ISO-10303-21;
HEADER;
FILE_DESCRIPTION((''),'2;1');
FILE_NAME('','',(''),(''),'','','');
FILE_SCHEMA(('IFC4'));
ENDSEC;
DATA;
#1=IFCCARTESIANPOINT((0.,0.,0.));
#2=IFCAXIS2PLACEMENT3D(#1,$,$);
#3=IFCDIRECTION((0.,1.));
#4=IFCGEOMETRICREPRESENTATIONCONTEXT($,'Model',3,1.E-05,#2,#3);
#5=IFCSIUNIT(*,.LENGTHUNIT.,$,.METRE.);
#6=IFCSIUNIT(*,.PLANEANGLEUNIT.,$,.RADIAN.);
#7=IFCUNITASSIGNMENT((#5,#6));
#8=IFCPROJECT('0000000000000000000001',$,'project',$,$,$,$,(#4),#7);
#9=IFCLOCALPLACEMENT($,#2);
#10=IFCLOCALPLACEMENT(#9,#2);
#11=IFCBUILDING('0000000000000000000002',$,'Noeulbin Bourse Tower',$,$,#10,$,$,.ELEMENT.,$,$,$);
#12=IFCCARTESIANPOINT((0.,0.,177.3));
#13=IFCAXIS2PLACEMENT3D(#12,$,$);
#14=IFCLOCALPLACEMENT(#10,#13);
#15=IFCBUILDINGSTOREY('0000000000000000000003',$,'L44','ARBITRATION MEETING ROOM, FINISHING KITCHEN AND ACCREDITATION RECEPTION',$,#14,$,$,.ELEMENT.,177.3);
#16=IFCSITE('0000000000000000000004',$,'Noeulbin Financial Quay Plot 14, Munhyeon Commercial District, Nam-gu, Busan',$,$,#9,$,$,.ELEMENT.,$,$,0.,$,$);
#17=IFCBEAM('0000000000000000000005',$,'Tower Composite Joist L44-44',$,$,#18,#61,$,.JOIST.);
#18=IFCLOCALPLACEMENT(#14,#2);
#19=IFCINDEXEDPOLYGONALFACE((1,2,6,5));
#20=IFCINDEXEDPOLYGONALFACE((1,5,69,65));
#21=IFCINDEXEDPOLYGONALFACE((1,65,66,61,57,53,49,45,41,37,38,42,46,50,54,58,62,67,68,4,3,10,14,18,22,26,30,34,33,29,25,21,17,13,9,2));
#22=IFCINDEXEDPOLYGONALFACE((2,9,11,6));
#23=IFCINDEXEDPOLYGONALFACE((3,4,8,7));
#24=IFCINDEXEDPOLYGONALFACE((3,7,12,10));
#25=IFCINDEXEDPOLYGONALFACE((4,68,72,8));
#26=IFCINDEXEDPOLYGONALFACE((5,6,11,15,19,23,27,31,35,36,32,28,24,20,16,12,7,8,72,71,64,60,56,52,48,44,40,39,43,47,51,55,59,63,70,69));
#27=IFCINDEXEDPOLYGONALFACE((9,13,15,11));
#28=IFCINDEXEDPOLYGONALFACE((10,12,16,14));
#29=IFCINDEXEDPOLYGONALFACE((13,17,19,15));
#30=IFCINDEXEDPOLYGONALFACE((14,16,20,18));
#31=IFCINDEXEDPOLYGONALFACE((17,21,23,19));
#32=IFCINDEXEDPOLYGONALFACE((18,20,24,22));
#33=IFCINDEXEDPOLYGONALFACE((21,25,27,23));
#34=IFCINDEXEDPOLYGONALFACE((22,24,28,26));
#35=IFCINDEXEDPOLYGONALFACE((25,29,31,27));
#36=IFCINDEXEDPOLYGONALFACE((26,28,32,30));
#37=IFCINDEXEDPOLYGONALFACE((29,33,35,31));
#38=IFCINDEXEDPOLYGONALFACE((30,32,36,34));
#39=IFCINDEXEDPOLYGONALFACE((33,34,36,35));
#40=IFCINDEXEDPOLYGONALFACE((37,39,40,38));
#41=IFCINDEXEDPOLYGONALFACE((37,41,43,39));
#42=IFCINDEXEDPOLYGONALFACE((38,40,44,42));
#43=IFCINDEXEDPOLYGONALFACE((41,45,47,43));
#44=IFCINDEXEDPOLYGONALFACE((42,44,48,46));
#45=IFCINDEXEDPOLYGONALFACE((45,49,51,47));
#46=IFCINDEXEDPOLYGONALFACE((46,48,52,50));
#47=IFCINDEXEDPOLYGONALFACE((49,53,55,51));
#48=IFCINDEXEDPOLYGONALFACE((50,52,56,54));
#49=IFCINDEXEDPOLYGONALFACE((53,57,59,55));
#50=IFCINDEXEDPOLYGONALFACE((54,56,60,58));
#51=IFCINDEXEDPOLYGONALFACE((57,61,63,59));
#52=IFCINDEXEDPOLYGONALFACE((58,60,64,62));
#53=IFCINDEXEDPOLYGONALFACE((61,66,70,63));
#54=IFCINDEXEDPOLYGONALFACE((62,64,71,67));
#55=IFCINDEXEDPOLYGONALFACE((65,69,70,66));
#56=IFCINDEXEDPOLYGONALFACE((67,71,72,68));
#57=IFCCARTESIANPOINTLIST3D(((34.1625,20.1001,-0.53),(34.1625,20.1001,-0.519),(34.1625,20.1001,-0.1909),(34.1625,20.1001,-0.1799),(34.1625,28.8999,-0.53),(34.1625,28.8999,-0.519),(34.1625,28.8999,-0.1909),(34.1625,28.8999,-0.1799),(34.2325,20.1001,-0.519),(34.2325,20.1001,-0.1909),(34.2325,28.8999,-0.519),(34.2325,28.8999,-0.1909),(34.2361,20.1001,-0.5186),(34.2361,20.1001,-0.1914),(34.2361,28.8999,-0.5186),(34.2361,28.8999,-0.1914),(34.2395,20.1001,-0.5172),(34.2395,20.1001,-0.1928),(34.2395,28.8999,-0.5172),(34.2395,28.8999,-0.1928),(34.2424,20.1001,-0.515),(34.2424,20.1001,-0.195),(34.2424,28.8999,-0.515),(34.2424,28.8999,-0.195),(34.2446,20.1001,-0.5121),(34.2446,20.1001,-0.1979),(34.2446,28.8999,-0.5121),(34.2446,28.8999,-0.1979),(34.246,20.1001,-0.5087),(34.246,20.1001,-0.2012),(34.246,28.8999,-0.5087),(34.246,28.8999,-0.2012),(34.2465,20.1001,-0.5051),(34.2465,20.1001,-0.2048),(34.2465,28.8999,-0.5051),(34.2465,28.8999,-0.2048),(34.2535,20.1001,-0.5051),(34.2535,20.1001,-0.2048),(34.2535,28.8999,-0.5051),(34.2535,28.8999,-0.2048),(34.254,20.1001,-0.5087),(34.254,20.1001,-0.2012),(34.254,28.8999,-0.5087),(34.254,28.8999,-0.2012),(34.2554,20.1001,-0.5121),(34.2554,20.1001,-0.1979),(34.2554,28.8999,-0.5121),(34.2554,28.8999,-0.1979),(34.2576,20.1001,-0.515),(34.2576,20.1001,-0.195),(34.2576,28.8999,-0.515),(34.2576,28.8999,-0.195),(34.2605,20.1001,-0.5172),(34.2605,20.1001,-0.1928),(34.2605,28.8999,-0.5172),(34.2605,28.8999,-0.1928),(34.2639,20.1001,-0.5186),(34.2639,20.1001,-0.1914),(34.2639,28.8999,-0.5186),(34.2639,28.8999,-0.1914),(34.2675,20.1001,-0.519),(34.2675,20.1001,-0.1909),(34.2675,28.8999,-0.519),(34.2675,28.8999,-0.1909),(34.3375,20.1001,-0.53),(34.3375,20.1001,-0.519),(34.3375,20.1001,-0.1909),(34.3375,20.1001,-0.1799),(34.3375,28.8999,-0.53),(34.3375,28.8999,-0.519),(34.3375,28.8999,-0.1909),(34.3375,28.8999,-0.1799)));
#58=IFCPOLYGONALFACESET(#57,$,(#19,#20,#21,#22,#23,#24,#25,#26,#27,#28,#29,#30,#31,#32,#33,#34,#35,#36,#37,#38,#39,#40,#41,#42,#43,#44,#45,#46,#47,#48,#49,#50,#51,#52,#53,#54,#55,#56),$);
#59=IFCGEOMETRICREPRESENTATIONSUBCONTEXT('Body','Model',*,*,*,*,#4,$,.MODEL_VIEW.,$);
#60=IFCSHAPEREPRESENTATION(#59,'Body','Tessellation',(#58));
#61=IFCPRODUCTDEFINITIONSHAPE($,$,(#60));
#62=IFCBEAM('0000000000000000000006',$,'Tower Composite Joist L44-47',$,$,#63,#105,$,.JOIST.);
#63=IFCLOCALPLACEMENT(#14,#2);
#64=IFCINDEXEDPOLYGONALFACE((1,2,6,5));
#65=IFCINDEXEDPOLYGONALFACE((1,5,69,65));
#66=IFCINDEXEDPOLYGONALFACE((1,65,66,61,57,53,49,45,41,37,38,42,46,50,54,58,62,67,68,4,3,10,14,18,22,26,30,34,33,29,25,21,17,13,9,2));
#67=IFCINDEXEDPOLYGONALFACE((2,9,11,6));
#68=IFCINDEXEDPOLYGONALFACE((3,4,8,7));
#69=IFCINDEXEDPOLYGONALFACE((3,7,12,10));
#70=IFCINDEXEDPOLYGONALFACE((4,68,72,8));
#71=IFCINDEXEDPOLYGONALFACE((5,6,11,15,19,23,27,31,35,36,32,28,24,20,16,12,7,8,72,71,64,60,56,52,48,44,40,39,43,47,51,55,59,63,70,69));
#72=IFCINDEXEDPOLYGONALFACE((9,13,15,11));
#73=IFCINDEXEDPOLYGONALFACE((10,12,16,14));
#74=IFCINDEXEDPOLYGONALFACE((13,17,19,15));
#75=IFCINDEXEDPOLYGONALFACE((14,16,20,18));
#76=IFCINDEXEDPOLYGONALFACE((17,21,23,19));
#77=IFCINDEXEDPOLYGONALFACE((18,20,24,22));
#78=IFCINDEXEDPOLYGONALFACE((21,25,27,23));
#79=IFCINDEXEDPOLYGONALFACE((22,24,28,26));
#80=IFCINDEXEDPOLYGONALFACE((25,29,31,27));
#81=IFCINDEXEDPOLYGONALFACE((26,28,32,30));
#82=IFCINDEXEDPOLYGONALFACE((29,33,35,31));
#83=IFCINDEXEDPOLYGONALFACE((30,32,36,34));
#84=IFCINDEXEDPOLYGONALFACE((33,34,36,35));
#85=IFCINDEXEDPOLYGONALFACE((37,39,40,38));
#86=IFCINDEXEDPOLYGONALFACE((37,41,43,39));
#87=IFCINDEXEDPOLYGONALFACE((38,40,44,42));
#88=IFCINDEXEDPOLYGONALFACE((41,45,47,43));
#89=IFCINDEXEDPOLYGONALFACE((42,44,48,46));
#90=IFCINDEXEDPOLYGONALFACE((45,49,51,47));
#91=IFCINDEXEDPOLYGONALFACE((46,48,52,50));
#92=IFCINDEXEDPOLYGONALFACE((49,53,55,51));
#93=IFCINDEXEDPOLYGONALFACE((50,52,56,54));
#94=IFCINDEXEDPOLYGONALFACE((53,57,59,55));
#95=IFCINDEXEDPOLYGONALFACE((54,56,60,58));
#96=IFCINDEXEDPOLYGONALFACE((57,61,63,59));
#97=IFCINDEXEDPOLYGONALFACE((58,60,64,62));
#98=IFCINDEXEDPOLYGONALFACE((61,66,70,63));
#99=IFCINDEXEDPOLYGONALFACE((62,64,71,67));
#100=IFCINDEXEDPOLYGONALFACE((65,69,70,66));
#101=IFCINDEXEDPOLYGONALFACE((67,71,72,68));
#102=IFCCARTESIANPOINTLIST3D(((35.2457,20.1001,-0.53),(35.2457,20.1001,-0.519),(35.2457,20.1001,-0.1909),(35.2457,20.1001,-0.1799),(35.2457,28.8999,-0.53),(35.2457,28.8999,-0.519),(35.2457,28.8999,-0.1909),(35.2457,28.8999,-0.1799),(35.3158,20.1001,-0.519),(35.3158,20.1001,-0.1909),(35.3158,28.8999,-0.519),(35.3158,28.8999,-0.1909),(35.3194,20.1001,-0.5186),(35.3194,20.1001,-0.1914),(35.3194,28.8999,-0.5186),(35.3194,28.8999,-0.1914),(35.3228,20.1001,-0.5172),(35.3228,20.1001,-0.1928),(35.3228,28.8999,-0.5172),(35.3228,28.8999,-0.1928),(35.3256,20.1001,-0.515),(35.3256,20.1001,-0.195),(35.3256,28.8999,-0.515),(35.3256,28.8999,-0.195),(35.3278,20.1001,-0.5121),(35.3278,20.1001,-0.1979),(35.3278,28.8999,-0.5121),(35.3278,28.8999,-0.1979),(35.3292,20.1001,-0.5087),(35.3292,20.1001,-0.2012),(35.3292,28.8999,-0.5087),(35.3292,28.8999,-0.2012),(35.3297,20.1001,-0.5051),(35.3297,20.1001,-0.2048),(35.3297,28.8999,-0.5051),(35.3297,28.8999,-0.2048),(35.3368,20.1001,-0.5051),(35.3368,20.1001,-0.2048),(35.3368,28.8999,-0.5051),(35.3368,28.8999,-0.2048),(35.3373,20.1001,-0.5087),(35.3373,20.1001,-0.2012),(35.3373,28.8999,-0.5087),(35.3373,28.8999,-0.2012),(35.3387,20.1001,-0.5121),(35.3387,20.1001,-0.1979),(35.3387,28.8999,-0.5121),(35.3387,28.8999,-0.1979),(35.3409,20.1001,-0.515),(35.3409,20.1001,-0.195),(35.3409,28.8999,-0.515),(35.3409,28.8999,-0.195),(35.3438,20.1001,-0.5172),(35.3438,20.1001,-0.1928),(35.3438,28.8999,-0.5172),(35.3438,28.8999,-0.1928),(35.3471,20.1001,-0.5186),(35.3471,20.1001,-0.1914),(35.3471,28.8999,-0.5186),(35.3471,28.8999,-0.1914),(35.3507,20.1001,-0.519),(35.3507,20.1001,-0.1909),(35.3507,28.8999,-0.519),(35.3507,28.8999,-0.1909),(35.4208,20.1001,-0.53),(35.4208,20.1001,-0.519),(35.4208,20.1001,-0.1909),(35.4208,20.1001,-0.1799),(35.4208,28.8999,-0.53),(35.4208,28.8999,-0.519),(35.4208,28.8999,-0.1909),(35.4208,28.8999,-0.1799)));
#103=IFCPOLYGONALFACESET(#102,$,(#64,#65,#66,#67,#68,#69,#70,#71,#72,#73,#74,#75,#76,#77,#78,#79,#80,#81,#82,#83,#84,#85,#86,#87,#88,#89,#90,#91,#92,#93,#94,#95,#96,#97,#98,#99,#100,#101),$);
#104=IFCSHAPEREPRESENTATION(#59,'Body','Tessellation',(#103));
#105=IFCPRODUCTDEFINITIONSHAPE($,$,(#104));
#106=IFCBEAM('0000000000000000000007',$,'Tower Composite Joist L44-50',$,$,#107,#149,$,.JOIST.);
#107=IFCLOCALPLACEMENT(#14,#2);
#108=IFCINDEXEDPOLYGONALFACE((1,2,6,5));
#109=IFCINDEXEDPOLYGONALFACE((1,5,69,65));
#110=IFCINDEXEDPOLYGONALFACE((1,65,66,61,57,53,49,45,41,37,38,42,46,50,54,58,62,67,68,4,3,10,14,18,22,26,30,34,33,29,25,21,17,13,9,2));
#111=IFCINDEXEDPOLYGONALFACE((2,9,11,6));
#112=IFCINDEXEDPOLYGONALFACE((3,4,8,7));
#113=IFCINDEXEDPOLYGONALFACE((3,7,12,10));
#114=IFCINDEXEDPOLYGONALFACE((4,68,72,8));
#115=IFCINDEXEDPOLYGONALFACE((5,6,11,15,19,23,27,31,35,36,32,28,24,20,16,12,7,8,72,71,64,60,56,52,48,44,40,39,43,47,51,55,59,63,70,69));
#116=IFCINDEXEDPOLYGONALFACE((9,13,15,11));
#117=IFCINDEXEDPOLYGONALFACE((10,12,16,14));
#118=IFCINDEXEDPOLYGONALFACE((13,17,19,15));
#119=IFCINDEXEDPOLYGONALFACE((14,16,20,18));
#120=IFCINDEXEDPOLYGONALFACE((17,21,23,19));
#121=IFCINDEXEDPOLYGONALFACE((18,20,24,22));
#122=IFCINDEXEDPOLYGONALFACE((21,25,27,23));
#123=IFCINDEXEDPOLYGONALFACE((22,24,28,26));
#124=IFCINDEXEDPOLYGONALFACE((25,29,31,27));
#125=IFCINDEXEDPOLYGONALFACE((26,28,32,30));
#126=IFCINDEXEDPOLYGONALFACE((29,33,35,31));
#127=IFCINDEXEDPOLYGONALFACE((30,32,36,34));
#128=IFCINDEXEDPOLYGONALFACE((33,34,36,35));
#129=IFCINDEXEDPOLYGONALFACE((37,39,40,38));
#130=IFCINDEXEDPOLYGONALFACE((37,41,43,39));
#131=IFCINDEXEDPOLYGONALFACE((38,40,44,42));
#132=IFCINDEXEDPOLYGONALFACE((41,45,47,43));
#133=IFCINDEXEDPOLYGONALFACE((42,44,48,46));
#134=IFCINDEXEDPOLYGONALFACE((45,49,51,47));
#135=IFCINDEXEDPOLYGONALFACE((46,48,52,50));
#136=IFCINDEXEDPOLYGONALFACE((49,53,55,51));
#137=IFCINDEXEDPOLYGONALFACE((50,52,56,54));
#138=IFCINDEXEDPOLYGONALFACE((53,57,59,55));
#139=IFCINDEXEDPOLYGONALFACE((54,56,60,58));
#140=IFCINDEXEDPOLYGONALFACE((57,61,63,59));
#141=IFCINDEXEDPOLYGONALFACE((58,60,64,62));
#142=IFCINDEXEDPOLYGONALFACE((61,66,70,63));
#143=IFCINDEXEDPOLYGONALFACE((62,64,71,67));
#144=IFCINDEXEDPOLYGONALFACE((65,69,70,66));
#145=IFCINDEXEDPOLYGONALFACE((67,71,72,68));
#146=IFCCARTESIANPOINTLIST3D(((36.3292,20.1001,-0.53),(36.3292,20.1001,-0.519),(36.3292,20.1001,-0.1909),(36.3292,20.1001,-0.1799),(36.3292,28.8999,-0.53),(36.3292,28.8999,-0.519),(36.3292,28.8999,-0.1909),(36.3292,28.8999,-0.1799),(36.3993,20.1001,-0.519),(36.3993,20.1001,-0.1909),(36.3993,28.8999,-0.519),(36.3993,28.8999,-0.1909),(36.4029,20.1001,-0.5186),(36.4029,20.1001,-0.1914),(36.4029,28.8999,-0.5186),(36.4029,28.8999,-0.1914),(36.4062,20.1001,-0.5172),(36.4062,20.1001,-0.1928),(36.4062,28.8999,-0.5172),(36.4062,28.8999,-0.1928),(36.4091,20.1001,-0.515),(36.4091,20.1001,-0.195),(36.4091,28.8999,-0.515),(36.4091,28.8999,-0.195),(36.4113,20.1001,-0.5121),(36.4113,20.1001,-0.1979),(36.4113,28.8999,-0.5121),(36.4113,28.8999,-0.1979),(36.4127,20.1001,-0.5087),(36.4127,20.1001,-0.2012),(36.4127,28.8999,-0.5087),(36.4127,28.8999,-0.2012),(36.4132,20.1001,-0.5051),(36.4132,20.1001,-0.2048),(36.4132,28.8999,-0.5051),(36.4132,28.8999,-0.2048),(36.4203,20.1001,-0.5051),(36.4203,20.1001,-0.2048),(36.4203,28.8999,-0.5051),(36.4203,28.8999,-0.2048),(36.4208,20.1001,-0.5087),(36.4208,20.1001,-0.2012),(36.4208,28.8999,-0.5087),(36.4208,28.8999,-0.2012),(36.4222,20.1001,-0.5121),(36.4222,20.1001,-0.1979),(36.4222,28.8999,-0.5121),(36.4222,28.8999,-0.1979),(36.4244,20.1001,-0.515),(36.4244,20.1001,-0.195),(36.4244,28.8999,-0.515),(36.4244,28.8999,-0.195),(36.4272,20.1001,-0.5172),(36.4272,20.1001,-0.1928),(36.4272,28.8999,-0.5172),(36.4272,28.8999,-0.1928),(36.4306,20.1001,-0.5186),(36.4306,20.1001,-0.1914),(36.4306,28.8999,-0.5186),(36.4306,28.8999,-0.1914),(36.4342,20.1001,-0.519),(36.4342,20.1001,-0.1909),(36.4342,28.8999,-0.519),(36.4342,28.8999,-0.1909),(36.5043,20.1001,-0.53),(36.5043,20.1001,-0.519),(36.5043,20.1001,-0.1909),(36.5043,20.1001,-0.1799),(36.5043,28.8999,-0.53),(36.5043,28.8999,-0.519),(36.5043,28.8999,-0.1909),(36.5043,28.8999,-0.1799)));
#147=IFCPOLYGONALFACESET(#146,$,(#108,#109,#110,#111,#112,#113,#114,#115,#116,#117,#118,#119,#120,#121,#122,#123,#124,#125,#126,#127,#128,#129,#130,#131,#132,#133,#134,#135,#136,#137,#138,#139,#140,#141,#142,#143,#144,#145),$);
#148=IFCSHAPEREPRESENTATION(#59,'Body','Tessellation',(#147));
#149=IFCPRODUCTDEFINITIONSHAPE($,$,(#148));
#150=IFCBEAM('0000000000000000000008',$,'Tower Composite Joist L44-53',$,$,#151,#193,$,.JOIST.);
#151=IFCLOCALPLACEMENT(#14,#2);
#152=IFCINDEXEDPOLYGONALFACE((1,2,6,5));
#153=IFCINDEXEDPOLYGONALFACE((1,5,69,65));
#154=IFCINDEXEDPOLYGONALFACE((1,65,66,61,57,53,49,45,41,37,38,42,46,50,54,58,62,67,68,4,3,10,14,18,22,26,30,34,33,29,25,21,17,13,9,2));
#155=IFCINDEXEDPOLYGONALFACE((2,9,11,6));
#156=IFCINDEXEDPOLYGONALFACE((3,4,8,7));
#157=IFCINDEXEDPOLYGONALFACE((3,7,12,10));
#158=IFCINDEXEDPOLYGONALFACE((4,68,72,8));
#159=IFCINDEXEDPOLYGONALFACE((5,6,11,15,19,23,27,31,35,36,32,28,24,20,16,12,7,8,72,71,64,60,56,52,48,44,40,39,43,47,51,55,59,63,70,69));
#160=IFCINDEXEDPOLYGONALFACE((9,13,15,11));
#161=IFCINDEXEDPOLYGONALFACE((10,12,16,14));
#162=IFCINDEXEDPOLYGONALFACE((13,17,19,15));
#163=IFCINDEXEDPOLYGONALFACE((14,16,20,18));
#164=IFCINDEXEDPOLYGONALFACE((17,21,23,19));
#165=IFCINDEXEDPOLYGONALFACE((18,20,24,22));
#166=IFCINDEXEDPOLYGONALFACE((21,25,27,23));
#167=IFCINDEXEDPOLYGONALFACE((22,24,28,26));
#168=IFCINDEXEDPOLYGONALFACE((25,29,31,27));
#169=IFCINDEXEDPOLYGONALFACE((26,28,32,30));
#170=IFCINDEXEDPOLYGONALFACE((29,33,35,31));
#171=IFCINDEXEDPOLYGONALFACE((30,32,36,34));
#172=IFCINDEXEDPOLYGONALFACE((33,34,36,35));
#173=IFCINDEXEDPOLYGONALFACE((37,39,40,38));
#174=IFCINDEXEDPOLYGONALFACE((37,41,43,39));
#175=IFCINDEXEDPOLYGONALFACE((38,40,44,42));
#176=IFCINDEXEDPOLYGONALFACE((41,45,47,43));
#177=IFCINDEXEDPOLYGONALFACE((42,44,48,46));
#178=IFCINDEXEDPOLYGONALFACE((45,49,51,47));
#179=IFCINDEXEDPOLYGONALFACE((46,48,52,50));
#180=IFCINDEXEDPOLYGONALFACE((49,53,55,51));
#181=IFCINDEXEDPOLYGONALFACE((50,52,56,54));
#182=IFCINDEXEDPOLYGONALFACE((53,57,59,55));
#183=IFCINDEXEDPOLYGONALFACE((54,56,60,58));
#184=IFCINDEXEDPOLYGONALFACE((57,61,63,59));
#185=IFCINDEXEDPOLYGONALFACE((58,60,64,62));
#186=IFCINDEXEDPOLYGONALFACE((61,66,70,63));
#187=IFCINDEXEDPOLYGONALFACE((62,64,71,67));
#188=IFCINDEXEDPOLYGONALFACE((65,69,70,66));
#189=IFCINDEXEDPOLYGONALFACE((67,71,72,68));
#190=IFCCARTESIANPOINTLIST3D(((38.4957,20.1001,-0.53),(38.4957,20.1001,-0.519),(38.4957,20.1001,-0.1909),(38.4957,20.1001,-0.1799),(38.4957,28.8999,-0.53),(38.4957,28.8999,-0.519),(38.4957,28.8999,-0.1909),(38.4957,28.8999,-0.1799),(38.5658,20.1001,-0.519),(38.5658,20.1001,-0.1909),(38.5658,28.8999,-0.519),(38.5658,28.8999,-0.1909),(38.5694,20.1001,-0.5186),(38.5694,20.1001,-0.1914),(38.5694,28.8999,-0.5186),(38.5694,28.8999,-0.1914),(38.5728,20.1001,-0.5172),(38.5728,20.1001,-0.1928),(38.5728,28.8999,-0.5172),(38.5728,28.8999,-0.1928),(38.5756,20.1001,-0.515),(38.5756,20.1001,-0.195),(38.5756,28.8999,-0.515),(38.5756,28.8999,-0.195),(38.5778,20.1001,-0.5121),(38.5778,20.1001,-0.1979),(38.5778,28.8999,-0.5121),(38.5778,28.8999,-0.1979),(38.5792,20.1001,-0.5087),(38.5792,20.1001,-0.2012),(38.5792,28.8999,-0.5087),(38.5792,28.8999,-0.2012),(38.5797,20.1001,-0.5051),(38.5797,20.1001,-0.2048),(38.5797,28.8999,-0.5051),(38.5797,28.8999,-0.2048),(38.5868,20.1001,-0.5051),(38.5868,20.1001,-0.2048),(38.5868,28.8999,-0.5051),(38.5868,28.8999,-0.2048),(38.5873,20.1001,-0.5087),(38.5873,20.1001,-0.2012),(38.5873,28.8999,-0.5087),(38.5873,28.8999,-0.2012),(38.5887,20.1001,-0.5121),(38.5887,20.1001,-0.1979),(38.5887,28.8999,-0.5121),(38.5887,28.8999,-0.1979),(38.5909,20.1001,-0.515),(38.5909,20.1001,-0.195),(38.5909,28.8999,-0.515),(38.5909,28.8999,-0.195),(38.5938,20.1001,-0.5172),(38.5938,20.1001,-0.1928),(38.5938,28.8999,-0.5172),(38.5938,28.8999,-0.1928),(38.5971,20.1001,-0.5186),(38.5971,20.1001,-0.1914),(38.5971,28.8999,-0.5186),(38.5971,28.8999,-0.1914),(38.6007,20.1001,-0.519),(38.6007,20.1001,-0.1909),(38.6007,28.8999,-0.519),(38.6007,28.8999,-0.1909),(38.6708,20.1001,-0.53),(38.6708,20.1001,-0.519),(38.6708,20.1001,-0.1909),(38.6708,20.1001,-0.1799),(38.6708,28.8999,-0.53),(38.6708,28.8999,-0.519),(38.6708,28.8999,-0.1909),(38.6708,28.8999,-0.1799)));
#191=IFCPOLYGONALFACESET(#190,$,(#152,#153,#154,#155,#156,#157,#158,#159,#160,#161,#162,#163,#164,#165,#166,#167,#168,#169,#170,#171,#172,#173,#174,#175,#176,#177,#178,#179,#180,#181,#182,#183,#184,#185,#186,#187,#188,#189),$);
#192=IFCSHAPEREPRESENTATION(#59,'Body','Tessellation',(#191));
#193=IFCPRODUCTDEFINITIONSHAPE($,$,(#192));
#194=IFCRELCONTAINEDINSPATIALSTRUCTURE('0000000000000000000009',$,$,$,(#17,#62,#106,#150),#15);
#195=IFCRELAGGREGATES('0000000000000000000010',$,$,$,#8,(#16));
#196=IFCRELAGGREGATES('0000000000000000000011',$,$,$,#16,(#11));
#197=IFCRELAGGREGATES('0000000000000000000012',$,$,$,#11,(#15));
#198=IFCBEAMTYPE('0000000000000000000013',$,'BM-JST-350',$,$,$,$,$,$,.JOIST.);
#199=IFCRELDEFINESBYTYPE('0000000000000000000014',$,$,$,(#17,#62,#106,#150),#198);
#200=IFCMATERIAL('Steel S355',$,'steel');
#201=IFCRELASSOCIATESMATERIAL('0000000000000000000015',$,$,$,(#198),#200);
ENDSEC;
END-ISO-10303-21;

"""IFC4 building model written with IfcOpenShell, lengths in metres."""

from ifc_helpers import new_model, si_unit, direction, frame, origin, origin_2d, place, context, subcontext, project, spatial, i_section, extrude, material, material_profile, profile_set, type_object, element, save


model = new_model("IFC4")

# Units and contexts
model_context = context("Model", 3, precision=1e-05, world=origin(), true_north=direction((0.0, 1.0)))
body_context = subcontext(model_context, "Body", "Model", "MODEL_VIEW")
ifc_project = project(units=[si_unit("LENGTHUNIT", "METRE"), si_unit("PLANEANGLEUNIT", "RADIAN")], contexts=[model_context])

# Site, building, storey
site_placement = place(None, origin())
site = spatial("IfcSite", under=ifc_project, at=site_placement, Name="Noeulbin Financial Quay Plot 14, Munhyeon Commercial District, Nam-gu, Busan", CompositionType="ELEMENT", RefElevation=0.0)
building_placement = place(site_placement, origin())
building = spatial("IfcBuilding", under=site, at=building_placement, Name="Noeulbin Bourse Tower", CompositionType="ELEMENT")
storey_placement = place(building_placement, frame((0.0, 0.0, 177.3)))
storey = spatial("IfcBuildingStorey", under=building, at=storey_placement, Name="L44", Description="ARBITRATION MEETING ROOM, FINISHING KITCHEN AND ACCREDITATION RECEPTION", CompositionType="ELEMENT", Elevation=177.3)

# Beams
ifc_material_1 = material(Name="Steel S355", Category="steel")
ifc_material_profile_1 = material_profile(ifc_material_1, i_section(OverallWidth=0.175, OverallDepth=0.3501, WebThickness=0.0071, FlangeThickness=0.011, FilletRadius=0.0139, at=origin_2d()), Name="H-350x175x7x11", Category="LoadBearing")
ifc_profile_set_1 = profile_set([ifc_material_profile_1], Name="Steel S355")
beam_type_1 = type_object("IfcBeamType", Name="BM-JST-350", PredefinedType="JOIST", material=ifc_profile_set_1)
for number, where, z_axis, x_axis, name in (
    (1, (34.25, 20.1001, -0.355), (0.0, 1.0, 0.0), (-1.0, 0.0, 0.0), "Tower Composite Joist L44-44"),
    (2, (35.3333, 20.1001, -0.355), (0.0, 1.0, 0.0), (-1.0, 0.0, 0.0), "Tower Composite Joist L44-47"),
    (3, (36.4167, 20.1001, -0.355), (0.0, 1.0, 0.0), (-1.0, 0.0, 0.0), "Tower Composite Joist L44-50"),
    (4, (38.5833, 20.1001, -0.355), (0.0, 1.0, 0.0), (-1.0, 0.0, 0.0), "Tower Composite Joist L44-53"),
):
    element("IfcBeam", number, at=place(storey_placement, frame(where, z_axis=z_axis, x_axis=x_axis)), inside=storey, type_object=beam_type_1, Name=name, PredefinedType="JOIST", context=body_context, shape_type="SweptSolid", body=[
        extrude(i_section(OverallWidth=0.175, OverallDepth=0.3501, WebThickness=0.0071, FlangeThickness=0.011, FilletRadius=0.0139, at=origin_2d()), origin(), (0.0, 0.0, 1.0), 8.7998),
    ])

save(model, "model.ifc")
